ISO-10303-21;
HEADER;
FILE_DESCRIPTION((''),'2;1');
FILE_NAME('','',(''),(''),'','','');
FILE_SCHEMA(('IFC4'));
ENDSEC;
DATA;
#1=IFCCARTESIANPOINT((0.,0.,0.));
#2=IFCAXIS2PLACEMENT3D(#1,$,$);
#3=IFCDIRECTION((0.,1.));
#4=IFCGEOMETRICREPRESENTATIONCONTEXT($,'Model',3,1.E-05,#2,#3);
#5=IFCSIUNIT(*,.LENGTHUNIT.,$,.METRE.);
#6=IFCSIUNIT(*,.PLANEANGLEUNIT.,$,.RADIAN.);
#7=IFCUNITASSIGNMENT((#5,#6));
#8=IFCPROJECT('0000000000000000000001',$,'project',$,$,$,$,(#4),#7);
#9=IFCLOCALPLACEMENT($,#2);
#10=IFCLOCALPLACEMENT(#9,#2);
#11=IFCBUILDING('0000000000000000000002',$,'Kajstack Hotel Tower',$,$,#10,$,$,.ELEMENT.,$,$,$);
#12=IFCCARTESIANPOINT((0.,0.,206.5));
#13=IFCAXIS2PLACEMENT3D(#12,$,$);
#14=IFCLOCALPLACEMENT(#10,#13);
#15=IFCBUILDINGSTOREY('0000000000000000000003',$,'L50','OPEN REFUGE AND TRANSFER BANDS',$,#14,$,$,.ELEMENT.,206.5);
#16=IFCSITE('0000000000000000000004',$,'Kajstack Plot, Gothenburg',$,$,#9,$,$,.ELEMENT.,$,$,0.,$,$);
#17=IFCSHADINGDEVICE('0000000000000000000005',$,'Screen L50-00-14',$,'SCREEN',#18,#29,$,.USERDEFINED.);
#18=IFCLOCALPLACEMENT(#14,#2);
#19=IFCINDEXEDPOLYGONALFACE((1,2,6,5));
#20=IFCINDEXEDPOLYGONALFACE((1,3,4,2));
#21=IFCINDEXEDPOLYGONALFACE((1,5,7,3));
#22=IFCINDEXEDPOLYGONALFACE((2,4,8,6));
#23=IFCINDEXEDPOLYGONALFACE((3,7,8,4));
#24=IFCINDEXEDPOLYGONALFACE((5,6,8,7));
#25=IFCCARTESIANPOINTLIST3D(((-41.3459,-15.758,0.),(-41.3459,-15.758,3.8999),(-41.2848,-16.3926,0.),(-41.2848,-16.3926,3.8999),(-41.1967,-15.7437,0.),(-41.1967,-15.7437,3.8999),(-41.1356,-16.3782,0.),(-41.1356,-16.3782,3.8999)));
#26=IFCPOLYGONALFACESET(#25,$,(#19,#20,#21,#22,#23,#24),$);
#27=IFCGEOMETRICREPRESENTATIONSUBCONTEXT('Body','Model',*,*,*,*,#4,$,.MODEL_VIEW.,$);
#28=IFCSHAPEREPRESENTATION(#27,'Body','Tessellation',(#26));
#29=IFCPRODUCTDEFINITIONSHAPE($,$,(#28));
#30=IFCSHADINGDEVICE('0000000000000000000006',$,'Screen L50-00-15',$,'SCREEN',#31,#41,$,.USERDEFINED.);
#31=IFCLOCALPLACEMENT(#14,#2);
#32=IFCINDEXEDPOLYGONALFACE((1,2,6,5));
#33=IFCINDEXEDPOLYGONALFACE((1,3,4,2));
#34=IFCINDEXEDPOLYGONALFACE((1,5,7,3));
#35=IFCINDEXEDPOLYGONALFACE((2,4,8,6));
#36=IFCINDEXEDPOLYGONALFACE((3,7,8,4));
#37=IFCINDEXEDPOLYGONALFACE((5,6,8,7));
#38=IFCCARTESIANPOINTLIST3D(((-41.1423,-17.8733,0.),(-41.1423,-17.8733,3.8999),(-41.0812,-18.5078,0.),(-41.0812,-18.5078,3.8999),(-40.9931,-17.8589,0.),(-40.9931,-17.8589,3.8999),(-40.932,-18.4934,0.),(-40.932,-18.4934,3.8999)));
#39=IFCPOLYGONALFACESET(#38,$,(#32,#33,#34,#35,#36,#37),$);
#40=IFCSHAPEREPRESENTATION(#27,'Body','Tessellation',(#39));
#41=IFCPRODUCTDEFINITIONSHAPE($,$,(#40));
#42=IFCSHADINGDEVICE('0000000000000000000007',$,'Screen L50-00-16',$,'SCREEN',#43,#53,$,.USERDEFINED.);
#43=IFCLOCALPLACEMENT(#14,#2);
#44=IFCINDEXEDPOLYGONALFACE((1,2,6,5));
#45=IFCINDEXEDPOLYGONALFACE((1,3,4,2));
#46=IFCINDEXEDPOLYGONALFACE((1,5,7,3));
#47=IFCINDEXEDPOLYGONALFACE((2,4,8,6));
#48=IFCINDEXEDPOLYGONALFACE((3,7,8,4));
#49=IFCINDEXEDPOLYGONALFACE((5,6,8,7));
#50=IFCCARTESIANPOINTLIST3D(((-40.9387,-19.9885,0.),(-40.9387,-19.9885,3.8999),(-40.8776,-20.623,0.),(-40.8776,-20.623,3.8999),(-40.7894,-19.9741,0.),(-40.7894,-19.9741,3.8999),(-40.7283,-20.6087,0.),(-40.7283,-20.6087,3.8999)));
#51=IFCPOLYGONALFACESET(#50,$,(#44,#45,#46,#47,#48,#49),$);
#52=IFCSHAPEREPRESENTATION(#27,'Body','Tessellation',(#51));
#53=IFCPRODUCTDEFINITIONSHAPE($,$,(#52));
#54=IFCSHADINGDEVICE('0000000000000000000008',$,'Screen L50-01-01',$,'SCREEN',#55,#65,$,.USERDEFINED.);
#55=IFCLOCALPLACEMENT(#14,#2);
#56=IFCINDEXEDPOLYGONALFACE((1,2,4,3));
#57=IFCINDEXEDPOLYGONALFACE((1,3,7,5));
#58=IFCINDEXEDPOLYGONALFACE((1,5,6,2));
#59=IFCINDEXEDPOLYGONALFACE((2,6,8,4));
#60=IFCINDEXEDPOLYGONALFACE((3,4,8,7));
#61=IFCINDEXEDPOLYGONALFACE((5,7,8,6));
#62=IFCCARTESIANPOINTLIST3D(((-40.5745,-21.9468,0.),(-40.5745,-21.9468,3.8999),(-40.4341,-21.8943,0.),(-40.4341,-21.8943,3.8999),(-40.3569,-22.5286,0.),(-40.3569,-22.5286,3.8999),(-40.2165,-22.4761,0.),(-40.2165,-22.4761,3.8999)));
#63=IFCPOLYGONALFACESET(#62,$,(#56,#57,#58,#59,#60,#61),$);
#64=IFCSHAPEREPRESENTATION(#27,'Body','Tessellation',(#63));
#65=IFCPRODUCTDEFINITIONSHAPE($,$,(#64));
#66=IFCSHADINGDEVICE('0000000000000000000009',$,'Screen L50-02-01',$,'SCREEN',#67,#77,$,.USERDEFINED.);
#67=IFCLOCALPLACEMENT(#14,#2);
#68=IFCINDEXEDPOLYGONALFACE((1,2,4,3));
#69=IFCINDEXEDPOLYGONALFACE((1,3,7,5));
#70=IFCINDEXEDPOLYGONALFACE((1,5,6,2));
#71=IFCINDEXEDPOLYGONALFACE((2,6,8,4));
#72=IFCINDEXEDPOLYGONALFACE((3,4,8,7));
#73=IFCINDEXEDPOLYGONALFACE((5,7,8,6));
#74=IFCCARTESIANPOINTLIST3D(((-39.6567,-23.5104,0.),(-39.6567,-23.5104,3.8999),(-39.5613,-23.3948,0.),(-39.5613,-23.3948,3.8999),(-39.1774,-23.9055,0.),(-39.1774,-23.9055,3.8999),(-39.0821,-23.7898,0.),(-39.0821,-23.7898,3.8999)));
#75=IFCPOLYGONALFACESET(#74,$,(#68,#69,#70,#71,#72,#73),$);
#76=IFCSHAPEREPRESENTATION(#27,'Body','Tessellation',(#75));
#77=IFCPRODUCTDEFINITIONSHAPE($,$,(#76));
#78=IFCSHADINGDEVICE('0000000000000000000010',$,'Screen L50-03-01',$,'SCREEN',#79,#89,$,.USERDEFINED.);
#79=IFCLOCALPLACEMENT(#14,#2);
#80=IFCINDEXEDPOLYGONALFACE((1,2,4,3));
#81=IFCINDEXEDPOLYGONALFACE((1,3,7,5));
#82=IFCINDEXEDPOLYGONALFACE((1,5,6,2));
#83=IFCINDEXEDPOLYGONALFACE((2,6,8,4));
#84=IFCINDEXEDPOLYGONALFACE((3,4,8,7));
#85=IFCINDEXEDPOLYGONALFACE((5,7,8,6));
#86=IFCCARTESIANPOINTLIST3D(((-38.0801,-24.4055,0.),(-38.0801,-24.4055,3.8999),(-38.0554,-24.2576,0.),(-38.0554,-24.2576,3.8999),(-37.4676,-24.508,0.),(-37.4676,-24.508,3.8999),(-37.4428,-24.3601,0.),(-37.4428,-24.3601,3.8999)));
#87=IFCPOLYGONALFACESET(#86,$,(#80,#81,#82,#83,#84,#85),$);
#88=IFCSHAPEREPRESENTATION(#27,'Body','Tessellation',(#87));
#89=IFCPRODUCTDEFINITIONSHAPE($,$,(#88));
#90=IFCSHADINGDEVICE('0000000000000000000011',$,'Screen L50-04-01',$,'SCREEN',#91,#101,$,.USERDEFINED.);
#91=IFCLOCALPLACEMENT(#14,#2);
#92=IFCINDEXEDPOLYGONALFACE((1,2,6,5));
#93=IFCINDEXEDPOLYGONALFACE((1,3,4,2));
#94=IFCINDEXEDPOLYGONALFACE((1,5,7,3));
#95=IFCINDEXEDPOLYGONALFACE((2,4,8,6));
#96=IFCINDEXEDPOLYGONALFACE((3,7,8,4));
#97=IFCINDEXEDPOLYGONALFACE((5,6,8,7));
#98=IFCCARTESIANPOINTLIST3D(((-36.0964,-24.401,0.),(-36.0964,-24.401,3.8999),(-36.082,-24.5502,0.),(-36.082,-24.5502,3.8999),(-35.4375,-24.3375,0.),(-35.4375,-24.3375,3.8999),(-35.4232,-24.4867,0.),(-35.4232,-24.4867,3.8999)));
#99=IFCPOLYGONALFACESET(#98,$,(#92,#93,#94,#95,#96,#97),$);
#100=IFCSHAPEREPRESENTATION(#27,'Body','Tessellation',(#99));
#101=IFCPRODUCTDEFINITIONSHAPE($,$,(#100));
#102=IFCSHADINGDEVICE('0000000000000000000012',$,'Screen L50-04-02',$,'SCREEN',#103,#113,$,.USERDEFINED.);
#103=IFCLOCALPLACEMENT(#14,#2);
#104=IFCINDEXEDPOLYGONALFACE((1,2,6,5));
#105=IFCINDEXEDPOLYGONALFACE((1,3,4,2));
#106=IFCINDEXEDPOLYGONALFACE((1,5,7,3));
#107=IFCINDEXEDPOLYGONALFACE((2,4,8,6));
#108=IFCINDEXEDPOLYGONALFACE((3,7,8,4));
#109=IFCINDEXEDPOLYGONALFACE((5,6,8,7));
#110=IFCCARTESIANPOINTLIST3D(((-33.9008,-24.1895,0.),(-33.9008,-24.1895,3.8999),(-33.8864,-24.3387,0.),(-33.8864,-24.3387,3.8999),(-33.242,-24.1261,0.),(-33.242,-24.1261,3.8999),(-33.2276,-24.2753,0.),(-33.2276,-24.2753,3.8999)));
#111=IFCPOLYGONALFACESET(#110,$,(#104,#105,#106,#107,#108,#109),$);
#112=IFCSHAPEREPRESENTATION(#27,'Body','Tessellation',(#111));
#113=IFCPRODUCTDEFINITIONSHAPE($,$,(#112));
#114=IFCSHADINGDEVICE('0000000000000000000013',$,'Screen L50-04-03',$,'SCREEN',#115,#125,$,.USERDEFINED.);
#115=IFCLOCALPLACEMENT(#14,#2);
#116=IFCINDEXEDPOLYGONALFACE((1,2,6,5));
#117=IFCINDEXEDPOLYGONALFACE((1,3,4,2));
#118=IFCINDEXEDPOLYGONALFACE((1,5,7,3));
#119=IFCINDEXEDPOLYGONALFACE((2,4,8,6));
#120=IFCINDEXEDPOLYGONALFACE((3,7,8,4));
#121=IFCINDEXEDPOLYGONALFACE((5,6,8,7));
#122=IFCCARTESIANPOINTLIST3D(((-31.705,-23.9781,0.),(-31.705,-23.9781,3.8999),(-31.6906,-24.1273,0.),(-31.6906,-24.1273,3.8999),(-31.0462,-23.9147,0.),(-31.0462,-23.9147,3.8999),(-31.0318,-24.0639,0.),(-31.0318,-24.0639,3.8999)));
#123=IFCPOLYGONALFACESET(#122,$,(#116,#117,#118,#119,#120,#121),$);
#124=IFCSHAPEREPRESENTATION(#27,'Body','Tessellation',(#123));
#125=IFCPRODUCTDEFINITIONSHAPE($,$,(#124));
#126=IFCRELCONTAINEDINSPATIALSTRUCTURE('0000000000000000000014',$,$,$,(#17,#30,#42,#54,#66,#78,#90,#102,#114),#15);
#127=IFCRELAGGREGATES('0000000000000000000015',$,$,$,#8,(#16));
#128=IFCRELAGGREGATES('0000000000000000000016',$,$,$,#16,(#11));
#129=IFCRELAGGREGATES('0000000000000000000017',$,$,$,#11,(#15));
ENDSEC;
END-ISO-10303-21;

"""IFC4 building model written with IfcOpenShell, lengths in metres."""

from ifc_helpers import new_model, si_unit, direction, frame, origin, origin_2d, place, context, subcontext, project, spatial, rectangle, extrude, element, save


model = new_model("IFC4")

# Units and contexts
model_context = context("Model", 3, precision=1e-05, world=origin(), true_north=direction((0.0, 1.0)))
body_context = subcontext(model_context, "Body", "Model", "MODEL_VIEW")
ifc_project = project(units=[si_unit("LENGTHUNIT", "METRE"), si_unit("PLANEANGLEUNIT", "RADIAN")], contexts=[model_context])

# Site, building, storey
site_placement = place(None, origin())
site = spatial("IfcSite", under=ifc_project, at=site_placement, Name="Kajstack Plot, Gothenburg", CompositionType="ELEMENT", RefElevation=0.0)
building_placement = place(site_placement, origin())
building = spatial("IfcBuilding", under=site, at=building_placement, Name="Kajstack Hotel Tower", CompositionType="ELEMENT")
storey_placement = place(building_placement, frame((0.0, 0.0, 206.5)))
storey = spatial("IfcBuildingStorey", under=building, at=storey_placement, Name="L50", Description="OPEN REFUGE AND TRANSFER BANDS", CompositionType="ELEMENT", Elevation=206.5)

# Shading devices
for number, where, z_axis, x_axis, name in (
    (1, (-41.2407, -16.0681, 0.0), (0.0, 0.0, 1.0), (0.095844, -0.995396, 0.0), "Screen L50-00-14"),
    (2, (-41.0371, -18.1833, 0.0), (0.0, 0.0, 1.0), (0.095844, -0.995396, 0.0), "Screen L50-00-15"),
    (3, (-40.8335, -20.2986, 0.0), (0.0, 0.0, 1.0), (0.095844, -0.995396, 0.0), "Screen L50-00-16"),
):
    element("IfcShadingDevice", number, at=place(storey_placement, frame(where, z_axis=z_axis, x_axis=x_axis)), inside=storey, Name=name, ObjectType="SCREEN", PredefinedType="USERDEFINED", context=body_context, shape_type="SweptSolid", body=[
        extrude(rectangle(XDim=0.6375, YDim=0.1499, at=origin_2d()), origin(), (0.0, 0.0, 1.0), 3.8999),
    ])
for number, where, z_axis, x_axis, name in (
    (4, (-40.3955, -22.2114, 0.0), (0.0, 0.0, 1.0), (0.350229, -0.936664, 0.0), "Screen L50-01-01"),
    (5, (-39.3694, -23.6501, 0.0), (0.0, 0.0, 1.0), (0.771615, -0.63609, 0.0), "Screen L50-02-01"),
    (6, (-37.7615, -24.3828, 0.0), (0.0, 0.0, 1.0), (0.986289, -0.165025, 0.0), "Screen L50-03-01"),
):
    element("IfcShadingDevice", number, at=place(storey_placement, frame(where, z_axis=z_axis, x_axis=x_axis)), inside=storey, Name=name, ObjectType="SCREEN", PredefinedType="USERDEFINED", context=body_context, shape_type="SweptSolid", body=[
        extrude(rectangle(XDim=0.6211, YDim=0.1499, at=origin_2d()), origin(), (0.0, 0.0, 1.0), 3.8999),
    ])
for number, where, z_axis, x_axis, name in (
    (7, (-35.7598, -24.4438, 0.0), (0.0, 0.0, 1.0), (0.995396, 0.095845, 0.0), "Screen L50-04-01"),
    (8, (-33.5642, -24.2324, 0.0), (0.0, 0.0, 1.0), (0.995396, 0.095845, 0.0), "Screen L50-04-02"),
    (9, (-31.3684, -24.021, 0.0), (0.0, 0.0, 1.0), (0.995396, 0.095845, 0.0), "Screen L50-04-03"),
):
    element("IfcShadingDevice", number, at=place(storey_placement, frame(where, z_axis=z_axis, x_axis=x_axis)), inside=storey, Name=name, ObjectType="SCREEN", PredefinedType="USERDEFINED", context=body_context, shape_type="SweptSolid", body=[
        extrude(rectangle(XDim=0.6619, YDim=0.1499, at=origin_2d()), origin(), (0.0, 0.0, 1.0), 3.8999),
    ])

save(model, "model.ifc")
